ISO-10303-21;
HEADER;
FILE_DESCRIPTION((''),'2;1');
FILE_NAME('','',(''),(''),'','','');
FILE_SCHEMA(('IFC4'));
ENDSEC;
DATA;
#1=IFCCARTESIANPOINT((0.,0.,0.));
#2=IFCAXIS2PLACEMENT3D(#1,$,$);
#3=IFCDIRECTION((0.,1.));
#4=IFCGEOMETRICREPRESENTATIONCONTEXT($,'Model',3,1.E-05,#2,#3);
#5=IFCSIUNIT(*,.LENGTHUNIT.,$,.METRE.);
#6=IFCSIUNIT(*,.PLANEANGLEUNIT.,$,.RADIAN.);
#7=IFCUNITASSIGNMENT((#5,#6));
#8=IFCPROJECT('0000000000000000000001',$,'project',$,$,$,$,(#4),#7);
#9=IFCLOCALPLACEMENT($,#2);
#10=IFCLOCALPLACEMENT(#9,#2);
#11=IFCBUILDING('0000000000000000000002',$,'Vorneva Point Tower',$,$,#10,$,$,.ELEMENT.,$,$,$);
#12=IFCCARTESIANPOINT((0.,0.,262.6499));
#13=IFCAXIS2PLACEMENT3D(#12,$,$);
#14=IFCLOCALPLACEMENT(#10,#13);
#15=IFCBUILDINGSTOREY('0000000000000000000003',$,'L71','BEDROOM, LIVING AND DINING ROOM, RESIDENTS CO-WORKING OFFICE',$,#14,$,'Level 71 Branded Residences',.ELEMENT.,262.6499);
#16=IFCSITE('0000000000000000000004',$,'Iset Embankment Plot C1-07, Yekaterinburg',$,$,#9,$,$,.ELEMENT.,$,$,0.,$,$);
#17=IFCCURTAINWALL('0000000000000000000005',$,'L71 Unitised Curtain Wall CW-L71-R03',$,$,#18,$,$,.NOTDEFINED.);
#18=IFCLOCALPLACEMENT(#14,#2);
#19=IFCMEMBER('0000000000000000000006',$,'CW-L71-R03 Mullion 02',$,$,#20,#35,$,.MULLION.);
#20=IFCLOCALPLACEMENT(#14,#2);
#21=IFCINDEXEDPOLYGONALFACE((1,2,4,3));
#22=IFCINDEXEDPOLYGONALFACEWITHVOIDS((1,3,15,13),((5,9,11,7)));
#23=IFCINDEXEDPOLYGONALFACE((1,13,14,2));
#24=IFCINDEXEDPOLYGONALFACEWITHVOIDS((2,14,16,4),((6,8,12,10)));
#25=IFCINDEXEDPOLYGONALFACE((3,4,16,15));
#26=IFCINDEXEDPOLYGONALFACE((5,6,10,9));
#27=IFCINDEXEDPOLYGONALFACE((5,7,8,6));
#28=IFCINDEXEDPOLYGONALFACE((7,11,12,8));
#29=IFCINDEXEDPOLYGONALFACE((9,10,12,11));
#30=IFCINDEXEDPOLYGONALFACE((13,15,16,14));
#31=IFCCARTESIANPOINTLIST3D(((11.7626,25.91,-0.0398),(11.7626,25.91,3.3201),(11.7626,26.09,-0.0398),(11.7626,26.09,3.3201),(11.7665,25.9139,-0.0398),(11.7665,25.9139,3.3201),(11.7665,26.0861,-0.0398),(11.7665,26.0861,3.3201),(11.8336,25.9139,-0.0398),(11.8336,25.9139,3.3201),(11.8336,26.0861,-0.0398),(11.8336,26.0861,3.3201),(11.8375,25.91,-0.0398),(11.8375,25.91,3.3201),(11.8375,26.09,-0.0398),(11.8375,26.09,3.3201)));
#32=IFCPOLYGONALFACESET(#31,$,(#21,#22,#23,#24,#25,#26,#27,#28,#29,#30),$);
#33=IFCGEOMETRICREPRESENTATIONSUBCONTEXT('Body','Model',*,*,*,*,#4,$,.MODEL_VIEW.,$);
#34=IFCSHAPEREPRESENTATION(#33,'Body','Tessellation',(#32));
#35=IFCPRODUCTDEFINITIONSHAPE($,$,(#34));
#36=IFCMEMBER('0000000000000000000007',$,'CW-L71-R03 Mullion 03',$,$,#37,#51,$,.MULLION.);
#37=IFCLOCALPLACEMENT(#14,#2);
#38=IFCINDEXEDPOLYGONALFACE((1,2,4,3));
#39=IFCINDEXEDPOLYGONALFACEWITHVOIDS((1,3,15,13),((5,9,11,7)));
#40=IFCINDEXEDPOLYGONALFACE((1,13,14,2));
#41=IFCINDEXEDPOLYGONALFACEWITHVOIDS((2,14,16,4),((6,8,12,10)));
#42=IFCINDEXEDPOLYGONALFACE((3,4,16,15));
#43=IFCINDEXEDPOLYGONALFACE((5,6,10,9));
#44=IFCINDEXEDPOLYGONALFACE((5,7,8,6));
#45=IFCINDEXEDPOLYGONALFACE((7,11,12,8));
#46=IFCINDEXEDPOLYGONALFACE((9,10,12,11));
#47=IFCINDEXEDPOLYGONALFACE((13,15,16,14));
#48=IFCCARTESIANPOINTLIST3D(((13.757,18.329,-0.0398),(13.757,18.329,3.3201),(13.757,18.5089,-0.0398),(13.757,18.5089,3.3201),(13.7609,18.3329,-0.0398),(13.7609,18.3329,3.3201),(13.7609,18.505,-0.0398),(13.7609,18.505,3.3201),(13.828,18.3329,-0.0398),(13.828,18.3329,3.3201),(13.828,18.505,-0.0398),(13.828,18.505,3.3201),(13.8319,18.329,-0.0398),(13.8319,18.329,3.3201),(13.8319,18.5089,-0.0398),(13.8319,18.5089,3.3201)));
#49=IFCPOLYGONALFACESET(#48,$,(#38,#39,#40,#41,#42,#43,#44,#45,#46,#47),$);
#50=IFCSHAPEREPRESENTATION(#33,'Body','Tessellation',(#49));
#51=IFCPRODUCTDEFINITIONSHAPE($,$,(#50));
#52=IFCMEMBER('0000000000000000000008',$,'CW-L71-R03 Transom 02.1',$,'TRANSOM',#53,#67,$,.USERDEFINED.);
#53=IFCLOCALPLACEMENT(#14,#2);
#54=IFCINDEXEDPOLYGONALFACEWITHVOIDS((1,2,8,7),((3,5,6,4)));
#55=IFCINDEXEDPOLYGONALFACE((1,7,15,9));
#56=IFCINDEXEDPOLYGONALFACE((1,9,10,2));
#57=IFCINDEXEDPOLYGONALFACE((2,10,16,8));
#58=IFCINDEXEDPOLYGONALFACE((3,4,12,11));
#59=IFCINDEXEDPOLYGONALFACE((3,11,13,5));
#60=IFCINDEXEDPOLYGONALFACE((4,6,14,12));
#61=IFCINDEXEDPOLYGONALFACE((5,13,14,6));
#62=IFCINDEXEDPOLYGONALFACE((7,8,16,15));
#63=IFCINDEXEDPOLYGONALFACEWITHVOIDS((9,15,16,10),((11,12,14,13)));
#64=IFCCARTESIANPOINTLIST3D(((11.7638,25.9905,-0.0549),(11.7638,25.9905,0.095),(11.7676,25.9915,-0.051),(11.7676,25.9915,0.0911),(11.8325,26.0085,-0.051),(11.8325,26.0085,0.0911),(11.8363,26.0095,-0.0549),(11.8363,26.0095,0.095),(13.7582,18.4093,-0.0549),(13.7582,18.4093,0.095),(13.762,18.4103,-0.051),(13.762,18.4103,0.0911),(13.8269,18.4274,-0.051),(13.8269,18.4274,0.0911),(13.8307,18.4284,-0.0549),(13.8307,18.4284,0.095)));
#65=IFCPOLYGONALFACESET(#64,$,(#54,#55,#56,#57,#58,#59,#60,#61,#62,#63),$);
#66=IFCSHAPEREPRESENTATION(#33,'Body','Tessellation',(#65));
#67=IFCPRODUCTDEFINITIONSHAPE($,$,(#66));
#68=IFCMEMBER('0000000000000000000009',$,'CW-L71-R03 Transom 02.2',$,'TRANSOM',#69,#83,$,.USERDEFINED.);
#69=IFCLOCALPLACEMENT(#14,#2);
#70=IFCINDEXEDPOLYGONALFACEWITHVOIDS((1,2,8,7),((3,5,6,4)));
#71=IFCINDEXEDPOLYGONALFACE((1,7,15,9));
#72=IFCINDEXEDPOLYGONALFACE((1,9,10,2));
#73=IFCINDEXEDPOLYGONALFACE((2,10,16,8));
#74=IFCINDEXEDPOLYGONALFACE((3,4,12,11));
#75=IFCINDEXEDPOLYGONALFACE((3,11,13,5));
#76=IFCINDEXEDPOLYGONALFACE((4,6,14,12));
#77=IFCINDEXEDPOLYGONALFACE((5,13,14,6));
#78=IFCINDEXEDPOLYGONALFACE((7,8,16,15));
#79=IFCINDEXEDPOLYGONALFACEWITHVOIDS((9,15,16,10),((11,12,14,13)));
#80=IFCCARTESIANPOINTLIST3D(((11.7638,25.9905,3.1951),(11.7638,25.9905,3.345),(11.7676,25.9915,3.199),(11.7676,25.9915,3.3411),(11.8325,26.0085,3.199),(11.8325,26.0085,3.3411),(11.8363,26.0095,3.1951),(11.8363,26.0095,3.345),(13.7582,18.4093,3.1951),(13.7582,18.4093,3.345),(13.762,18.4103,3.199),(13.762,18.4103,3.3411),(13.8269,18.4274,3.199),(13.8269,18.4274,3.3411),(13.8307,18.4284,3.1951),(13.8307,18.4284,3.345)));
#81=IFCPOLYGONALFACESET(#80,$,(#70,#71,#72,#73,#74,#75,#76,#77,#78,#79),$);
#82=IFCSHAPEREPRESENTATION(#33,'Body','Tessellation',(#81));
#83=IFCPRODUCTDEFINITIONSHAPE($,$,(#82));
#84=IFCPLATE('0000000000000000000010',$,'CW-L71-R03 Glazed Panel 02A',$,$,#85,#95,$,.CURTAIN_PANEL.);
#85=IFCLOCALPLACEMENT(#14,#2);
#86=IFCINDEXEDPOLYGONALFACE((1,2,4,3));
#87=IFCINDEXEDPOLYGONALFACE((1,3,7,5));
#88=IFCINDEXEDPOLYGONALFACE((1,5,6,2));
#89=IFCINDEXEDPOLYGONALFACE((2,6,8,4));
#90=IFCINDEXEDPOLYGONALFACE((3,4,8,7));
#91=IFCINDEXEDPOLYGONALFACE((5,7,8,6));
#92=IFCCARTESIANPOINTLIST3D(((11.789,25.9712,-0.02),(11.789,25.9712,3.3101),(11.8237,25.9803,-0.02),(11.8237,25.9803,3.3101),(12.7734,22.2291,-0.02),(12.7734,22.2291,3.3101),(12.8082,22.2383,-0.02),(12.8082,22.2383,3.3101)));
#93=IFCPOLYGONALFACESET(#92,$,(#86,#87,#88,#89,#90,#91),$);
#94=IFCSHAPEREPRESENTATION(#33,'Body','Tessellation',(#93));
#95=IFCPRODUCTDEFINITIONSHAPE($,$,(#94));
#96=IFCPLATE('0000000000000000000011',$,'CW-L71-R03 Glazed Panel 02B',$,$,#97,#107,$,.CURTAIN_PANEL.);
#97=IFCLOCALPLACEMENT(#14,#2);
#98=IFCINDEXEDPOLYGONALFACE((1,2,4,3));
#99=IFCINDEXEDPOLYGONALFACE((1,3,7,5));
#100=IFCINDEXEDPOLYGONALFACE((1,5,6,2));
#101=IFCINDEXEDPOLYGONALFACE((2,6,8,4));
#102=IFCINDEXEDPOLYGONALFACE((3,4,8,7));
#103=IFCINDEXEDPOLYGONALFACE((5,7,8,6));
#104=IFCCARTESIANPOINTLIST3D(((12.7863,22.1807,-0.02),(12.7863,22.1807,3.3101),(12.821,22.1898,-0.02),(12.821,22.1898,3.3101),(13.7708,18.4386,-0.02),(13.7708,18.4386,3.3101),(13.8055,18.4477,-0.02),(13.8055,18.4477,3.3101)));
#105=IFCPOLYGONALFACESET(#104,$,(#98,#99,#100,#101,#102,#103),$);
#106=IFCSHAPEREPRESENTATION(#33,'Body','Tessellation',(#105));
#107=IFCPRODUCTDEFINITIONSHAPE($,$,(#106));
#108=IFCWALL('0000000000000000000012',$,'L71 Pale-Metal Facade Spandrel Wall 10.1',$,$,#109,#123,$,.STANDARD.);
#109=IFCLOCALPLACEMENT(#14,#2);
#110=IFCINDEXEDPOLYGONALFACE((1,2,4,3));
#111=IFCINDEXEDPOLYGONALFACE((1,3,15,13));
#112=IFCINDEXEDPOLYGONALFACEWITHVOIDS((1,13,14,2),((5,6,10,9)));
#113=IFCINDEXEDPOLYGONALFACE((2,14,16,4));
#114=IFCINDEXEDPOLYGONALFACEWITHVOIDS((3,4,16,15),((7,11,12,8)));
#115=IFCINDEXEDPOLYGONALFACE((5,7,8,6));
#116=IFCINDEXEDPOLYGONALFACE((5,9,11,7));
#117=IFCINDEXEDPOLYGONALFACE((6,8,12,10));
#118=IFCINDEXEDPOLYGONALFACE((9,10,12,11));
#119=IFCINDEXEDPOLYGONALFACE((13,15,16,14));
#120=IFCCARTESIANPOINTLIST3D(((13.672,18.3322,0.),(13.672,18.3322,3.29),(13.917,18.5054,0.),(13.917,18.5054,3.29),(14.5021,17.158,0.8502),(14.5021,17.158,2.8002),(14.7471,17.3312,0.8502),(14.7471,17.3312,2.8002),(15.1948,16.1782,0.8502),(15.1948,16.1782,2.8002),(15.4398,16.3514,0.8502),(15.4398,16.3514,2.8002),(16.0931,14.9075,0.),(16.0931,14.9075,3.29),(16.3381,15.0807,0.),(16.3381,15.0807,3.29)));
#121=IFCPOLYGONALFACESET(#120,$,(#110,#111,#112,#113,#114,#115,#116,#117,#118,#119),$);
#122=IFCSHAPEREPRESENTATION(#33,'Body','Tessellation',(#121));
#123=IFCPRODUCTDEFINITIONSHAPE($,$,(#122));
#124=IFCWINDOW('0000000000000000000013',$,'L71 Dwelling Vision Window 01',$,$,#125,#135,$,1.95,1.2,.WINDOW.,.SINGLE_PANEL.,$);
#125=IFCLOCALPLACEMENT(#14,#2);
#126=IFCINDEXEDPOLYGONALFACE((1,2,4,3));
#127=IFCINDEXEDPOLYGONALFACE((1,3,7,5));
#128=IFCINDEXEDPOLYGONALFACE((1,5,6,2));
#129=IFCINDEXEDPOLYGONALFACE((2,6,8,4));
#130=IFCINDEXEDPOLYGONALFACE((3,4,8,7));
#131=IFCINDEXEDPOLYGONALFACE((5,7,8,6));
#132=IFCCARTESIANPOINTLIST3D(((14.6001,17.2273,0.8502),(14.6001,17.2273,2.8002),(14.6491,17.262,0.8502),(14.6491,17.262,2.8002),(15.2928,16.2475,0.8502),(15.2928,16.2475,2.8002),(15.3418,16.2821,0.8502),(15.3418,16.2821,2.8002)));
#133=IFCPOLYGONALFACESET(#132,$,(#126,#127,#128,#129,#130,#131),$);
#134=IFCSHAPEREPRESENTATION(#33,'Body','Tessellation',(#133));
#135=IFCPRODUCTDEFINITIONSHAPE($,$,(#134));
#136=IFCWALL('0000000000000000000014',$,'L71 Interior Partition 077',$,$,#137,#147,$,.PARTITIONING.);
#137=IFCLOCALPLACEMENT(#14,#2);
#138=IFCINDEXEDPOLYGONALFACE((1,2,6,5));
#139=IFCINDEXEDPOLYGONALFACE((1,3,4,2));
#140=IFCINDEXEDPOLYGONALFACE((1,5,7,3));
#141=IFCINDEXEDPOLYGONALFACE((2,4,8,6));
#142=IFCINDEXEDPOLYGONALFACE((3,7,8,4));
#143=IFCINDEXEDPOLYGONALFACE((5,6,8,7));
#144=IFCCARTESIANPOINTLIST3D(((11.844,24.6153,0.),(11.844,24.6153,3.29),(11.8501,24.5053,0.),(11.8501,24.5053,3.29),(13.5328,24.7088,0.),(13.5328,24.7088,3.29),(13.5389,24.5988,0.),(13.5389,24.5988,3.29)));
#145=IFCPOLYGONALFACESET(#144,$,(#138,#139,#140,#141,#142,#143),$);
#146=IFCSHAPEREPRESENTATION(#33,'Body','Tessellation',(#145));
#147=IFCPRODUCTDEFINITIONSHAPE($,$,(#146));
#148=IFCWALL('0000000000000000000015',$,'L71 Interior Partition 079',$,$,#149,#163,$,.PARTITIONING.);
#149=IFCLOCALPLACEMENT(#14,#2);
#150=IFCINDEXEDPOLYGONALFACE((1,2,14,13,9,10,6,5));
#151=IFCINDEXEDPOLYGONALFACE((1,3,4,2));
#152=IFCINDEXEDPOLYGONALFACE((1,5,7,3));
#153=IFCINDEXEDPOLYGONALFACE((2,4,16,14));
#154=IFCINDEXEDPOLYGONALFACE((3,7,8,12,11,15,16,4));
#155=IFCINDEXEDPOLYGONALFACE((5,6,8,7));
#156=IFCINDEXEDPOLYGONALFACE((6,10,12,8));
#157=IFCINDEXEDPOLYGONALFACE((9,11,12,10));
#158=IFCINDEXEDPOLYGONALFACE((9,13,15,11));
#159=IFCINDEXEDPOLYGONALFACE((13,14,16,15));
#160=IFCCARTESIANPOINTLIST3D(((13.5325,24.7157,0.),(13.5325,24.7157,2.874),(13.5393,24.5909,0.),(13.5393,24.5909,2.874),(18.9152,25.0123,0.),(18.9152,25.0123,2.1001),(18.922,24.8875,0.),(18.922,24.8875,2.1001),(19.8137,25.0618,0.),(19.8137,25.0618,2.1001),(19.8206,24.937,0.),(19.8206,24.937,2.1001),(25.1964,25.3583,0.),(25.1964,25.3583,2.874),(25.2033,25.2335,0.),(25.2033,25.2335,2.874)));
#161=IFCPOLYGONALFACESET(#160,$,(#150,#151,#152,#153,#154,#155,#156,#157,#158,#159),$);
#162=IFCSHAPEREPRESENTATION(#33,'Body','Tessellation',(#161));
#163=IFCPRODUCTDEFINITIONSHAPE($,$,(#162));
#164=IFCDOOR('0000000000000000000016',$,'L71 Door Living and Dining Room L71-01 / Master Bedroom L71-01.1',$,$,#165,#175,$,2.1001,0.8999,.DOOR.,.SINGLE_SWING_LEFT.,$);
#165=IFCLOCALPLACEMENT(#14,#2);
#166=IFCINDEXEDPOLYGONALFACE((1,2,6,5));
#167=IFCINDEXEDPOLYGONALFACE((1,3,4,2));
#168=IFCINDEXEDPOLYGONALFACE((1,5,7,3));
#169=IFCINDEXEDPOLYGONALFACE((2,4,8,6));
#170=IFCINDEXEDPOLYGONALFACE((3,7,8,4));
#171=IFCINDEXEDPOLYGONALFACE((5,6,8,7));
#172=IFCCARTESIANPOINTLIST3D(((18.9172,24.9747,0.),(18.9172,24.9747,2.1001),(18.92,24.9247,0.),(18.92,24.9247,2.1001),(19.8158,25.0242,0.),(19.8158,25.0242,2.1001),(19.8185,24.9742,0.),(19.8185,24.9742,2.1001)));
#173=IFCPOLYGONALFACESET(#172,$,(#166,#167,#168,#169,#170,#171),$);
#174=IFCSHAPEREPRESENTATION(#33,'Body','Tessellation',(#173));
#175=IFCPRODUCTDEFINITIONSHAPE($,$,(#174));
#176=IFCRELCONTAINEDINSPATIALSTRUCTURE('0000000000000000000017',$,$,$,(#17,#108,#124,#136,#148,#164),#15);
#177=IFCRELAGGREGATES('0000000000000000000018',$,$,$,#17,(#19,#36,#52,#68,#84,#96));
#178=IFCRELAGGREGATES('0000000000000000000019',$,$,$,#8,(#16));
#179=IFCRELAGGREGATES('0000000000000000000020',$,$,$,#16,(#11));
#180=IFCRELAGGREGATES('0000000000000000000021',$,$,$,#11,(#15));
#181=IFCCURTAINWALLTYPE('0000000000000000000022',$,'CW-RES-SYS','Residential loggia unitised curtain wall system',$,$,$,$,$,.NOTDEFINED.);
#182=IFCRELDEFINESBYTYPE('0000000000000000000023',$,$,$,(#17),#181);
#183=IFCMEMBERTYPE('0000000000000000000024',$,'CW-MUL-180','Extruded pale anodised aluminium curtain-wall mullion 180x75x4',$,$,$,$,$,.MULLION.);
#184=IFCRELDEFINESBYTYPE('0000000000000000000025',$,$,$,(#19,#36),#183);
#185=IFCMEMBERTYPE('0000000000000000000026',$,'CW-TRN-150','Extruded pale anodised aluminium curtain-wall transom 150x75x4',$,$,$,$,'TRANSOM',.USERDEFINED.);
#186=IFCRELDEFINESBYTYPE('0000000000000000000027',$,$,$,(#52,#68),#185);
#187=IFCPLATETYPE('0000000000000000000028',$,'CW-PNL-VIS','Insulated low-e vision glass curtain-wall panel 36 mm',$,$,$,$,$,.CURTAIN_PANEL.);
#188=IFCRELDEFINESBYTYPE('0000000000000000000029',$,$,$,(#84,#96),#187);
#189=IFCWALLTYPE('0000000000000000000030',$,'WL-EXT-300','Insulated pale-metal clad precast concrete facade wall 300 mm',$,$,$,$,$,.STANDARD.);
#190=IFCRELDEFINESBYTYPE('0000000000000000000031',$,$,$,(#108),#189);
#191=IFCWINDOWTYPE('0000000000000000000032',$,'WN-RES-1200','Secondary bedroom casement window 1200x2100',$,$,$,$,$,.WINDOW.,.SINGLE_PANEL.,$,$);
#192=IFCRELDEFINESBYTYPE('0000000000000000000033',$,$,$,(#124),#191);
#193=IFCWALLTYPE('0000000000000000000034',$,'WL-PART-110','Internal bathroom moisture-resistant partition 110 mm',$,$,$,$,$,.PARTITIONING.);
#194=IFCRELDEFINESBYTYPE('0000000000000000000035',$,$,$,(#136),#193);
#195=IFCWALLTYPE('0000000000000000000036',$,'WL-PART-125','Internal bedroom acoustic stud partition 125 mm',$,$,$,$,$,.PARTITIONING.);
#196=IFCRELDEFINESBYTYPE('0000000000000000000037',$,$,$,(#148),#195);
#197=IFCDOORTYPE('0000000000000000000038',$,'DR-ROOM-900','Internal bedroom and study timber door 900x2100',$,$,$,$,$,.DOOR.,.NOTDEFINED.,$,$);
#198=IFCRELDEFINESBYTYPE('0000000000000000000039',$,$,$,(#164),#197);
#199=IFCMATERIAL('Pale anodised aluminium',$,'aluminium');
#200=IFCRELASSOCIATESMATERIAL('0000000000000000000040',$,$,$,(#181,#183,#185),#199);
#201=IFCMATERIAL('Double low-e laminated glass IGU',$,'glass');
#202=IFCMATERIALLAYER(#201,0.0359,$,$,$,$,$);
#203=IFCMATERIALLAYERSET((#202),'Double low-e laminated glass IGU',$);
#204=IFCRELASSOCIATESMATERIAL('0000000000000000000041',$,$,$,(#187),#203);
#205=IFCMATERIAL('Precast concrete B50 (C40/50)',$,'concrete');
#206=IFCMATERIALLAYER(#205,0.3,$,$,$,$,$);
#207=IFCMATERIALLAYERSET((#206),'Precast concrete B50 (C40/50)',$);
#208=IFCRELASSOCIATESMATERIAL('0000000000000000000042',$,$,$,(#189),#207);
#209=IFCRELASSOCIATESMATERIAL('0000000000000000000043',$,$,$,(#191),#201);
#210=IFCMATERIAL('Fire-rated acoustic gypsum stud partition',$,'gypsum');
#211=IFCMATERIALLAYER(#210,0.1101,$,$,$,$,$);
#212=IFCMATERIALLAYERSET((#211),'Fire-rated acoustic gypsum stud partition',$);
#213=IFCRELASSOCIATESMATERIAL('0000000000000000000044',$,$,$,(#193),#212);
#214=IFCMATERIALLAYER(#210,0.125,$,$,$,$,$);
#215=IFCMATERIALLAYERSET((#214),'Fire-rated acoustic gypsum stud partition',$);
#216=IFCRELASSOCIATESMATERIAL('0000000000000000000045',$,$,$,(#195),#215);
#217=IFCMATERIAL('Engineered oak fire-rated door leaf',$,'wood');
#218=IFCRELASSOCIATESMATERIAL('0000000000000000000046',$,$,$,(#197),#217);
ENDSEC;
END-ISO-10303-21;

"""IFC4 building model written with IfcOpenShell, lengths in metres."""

from ifc_helpers import new_model, si_unit, direction, frame, frame_2d, origin, origin_2d, place, context, subcontext, project, spatial, rectangle, hollow_rectangle, extrude, material, layer, layer_set, material_profile, profile_set, type_object, element, fill, aggregate, save


model = new_model("IFC4")

# Units and contexts
model_context = context("Model", 3, precision=1e-05, world=origin(), true_north=direction((0.0, 1.0)))
body_context = subcontext(model_context, "Body", "Model", "MODEL_VIEW")
ifc_project = project(units=[si_unit("LENGTHUNIT", "METRE"), si_unit("PLANEANGLEUNIT", "RADIAN")], contexts=[model_context])

# Site, building, storey
site_placement = place(None, origin())
site = spatial("IfcSite", under=ifc_project, at=site_placement, Name="Iset Embankment Plot C1-07, Yekaterinburg", CompositionType="ELEMENT", RefElevation=0.0)
building_placement = place(site_placement, origin())
building = spatial("IfcBuilding", under=site, at=building_placement, Name="Vorneva Point Tower", CompositionType="ELEMENT")
storey_placement = place(building_placement, frame((0.0, 0.0, 262.6499)))
storey = spatial("IfcBuildingStorey", under=building, at=storey_placement, Name="L71", Description="BEDROOM, LIVING AND DINING ROOM, RESIDENTS CO-WORKING OFFICE", LongName="Level 71 Branded Residences", CompositionType="ELEMENT", Elevation=262.6499)

# Curtain wall, members, plates
ifc_material_1 = material(Name="Pale anodised aluminium", Category="aluminium")
curtain_wall_type = type_object("IfcCurtainWallType", Name="CW-RES-SYS", Description="Residential loggia unitised curtain wall system", PredefinedType="NOTDEFINED", material=ifc_material_1)
curtain_wall_placement = place(storey_placement, origin())
curtain_wall = element("IfcCurtainWall", 1, at=curtain_wall_placement, inside=storey, type_object=curtain_wall_type, Name="L71 Unitised Curtain Wall CW-L71-R03", PredefinedType="NOTDEFINED")
ifc_material_profile_1 = material_profile(ifc_material_1, hollow_rectangle(XDim=0.075, YDim=0.1799, WallThickness=0.0039, at=origin_2d()), Name="AL-MUL 180x75x4")
ifc_profile_set_1 = profile_set([ifc_material_profile_1], Name="Pale anodised aluminium")
member_type_1 = type_object("IfcMemberType", Name="CW-MUL-180", Description="Extruded pale anodised aluminium curtain-wall mullion 180x75x4", PredefinedType="MULLION", material=ifc_profile_set_1)
member_1_placement = place(storey_placement, frame((11.8, 26.0, -0.0398), z_axis=(0.0, 0.0, 1.0), x_axis=(1.0, 0.0, 0.0)))
member_1 = element("IfcMember", 2, at=member_1_placement, type_object=member_type_1, Name="CW-L71-R03 Mullion 02", PredefinedType="MULLION", context=body_context, shape_type="SweptSolid", body=[
    extrude(hollow_rectangle(XDim=0.075, YDim=0.1799, WallThickness=0.0039, at=origin_2d()), origin(), (0.0, 0.0, 1.0), 3.3599),
])
member_2_placement = place(storey_placement, frame((13.7944, 18.4189, -0.0398), z_axis=(0.0, 0.0, 1.0), x_axis=(1.0, 0.0, 0.0)))
member_2 = element("IfcMember", 3, at=member_2_placement, type_object=member_type_1, Name="CW-L71-R03 Mullion 03", PredefinedType="MULLION", context=body_context, shape_type="SweptSolid", body=[
    extrude(hollow_rectangle(XDim=0.075, YDim=0.1799, WallThickness=0.0039, at=origin_2d()), origin(), (0.0, 0.0, 1.0), 3.3599),
])
ifc_material_profile_2 = material_profile(ifc_material_1, hollow_rectangle(XDim=0.075, YDim=0.1499, WallThickness=0.0039, at=origin_2d()), Name="AL-TRN 150x75x4")
ifc_profile_set_2 = profile_set([ifc_material_profile_2], Name="Pale anodised aluminium")
member_type_2 = type_object("IfcMemberType", Name="CW-TRN-150", Description="Extruded pale anodised aluminium curtain-wall transom 150x75x4", ElementType="TRANSOM", PredefinedType="USERDEFINED", material=ifc_profile_set_2)
member_3_placement = place(storey_placement, frame((11.8, 26.0, 0.02), z_axis=(0.254418, -0.967094, 0.0), x_axis=(0.967094, 0.254418, 0.0)))
member_3 = element("IfcMember", 4, at=member_3_placement, type_object=member_type_2, Name="CW-L71-R03 Transom 02.1", ObjectType="TRANSOM", PredefinedType="USERDEFINED", context=body_context, shape_type="SweptSolid", body=[
    extrude(hollow_rectangle(XDim=0.075, YDim=0.1499, WallThickness=0.0039, at=origin_2d()), origin(), (0.0, 0.0, 1.0), 7.8391),
])
member_4_placement = place(storey_placement, frame((11.8, 26.0, 3.27), z_axis=(0.254418, -0.967094, 0.0), x_axis=(0.967094, 0.254418, 0.0)))
member_4 = element("IfcMember", 5, at=member_4_placement, type_object=member_type_2, Name="CW-L71-R03 Transom 02.2", ObjectType="TRANSOM", PredefinedType="USERDEFINED", context=body_context, shape_type="SweptSolid", body=[
    extrude(hollow_rectangle(XDim=0.075, YDim=0.1499, WallThickness=0.0039, at=origin_2d()), origin(), (0.0, 0.0, 1.0), 7.8391),
])
ifc_material_2 = material(Name="Double low-e laminated glass IGU", Category="glass")
ifc_layer_1 = layer(ifc_material_2, 0.0359)
ifc_layer_set_1 = layer_set([ifc_layer_1], Name="Double low-e laminated glass IGU")
plate_type = type_object("IfcPlateType", Name="CW-PNL-VIS", Description="Insulated low-e vision glass curtain-wall panel 36 mm", PredefinedType="CURTAIN_PANEL", material=ifc_layer_set_1)
plate_1_placement = place(storey_placement, frame((12.2986, 24.1047, -0.02), z_axis=(0.0, 0.0, 1.0), x_axis=(0.254416, -0.967095, 0.0)))
plate_1 = element("IfcPlate", 6, at=plate_1_placement, type_object=plate_type, Name="CW-L71-R03 Glazed Panel 02A", PredefinedType="CURTAIN_PANEL", context=body_context, shape_type="SweptSolid", body=[
    extrude(rectangle(XDim=3.8694, YDim=0.0359, at=origin_2d()), origin(), (0.0, 0.0, 1.0), 3.3301),
])
plate_2_placement = place(storey_placement, frame((13.2959, 20.3142, -0.02), z_axis=(0.0, 0.0, 1.0), x_axis=(0.254416, -0.967095, 0.0)))
plate_2 = element("IfcPlate", 7, at=plate_2_placement, type_object=plate_type, Name="CW-L71-R03 Glazed Panel 02B", PredefinedType="CURTAIN_PANEL", context=body_context, shape_type="SweptSolid", body=[
    extrude(rectangle(XDim=3.8694, YDim=0.0359, at=origin_2d()), origin(), (0.0, 0.0, 1.0), 3.3301),
])
aggregate(curtain_wall, [member_1, member_2, member_3, member_4, plate_1, plate_2])

# Wall, opening, window
ifc_material_3 = material(Name="Precast concrete B50 (C40/50)", Category="concrete")
ifc_layer_2 = layer(ifc_material_3, 0.3)
ifc_layer_set_2 = layer_set([ifc_layer_2], Name="Precast concrete B50 (C40/50)")
wall_type_1 = type_object("IfcWallType", Name="WL-EXT-300", Description="Insulated pale-metal clad precast concrete facade wall 300 mm", PredefinedType="STANDARD", material=ifc_layer_set_2)
wall_1_placement = place(storey_placement, frame((13.7944, 18.4189, 0.0), z_axis=(0.0, 0.0, 1.0), x_axis=(0.577261, -0.81656, 0.0)))
wall_1 = element("IfcWall", 8, at=wall_1_placement, inside=storey, type_object=wall_type_1, Name="L71 Pale-Metal Facade Spandrel Wall 10.1", PredefinedType="STANDARD", context=body_context, shape_type="SweptSolid", body=[
    extrude(rectangle(XDim=4.1941, YDim=0.3, at=frame_2d((2.0972, 0.0))), origin(), (0.0, 0.0, 1.0), 3.29),
])
opening_1_placement = place(wall_1_placement, frame((1.438, 0.0, 0.8501)))
opening_1 = element("IfcOpeningElement", 9, at=opening_1_placement, cuts=wall_1, PredefinedType="OPENING", context=body_context, shape_type="SweptSolid", body=[
    extrude(rectangle(XDim=1.2, YDim=1.95, at=frame_2d((0.6001, 0.9751))), frame((0.0, 0.165, 0.0), z_axis=(0.0, -1.0, 0.0), x_axis=(1.0, 0.0, 0.0)), (0.0, 0.0, 1.0), 0.3298),
])
window_type = type_object("IfcWindowType", Name="WN-RES-1200", Description="Secondary bedroom casement window 1200x2100", PartitioningType="SINGLE_PANEL", PredefinedType="WINDOW", material=ifc_material_2)
window_placement = place(opening_1_placement, origin())
window = element("IfcWindow", 10, at=window_placement, inside=storey, type_object=window_type, Name="L71 Dwelling Vision Window 01", OverallHeight=1.95, OverallWidth=1.2, PartitioningType="SINGLE_PANEL", PredefinedType="WINDOW", context=body_context, shape_type="SweptSolid", body=[
    extrude(rectangle(XDim=1.2, YDim=1.95, at=frame_2d((0.6001, 0.9751))), frame((0.0, 0.03, 0.0), z_axis=(0.0, -1.0, 0.0), x_axis=(1.0, 0.0, 0.0)), (0.0, 0.0, 1.0), 0.0601),
])
fill(opening_1, window)

# Wall
ifc_material_4 = material(Name="Fire-rated acoustic gypsum stud partition", Category="gypsum")
ifc_layer_3 = layer(ifc_material_4, 0.1101)
ifc_layer_set_3 = layer_set([ifc_layer_3], Name="Fire-rated acoustic gypsum stud partition")
wall_type_2 = type_object("IfcWallType", Name="WL-PART-110", Description="Internal bathroom moisture-resistant partition 110 mm", PredefinedType="PARTITIONING", material=ifc_layer_set_3)
wall_2_placement = place(storey_placement, frame((13.5359, 24.6538, 0.0), z_axis=(0.0, 0.0, 1.0), x_axis=(-0.998471, -0.055286, 0.0)))
element("IfcWall", 11, at=wall_2_placement, inside=storey, type_object=wall_type_2, Name="L71 Interior Partition 077", PredefinedType="PARTITIONING", context=body_context, shape_type="SweptSolid", body=[
    extrude(rectangle(XDim=1.6914, YDim=0.1101, at=frame_2d((0.8457, 0.0))), origin(), (0.0, 0.0, 1.0), 3.29),
])

# Wall, opening, door
ifc_layer_4 = layer(ifc_material_4, 0.125)
ifc_layer_set_4 = layer_set([ifc_layer_4], Name="Fire-rated acoustic gypsum stud partition")
wall_type_3 = type_object("IfcWallType", Name="WL-PART-125", Description="Internal bedroom acoustic stud partition 125 mm", PredefinedType="PARTITIONING", material=ifc_layer_set_4)
wall_3_placement = place(storey_placement, frame((13.5359, 24.6533, 0.0), z_axis=(0.0, 0.0, 1.0), x_axis=(0.998486, 0.055007, 0.0)))
wall_3 = element("IfcWall", 12, at=wall_3_placement, inside=storey, type_object=wall_type_3, Name="L71 Interior Partition 079", PredefinedType="PARTITIONING", context=body_context, shape_type="SweptSolid", body=[
    extrude(rectangle(XDim=11.6816, YDim=0.125, at=frame_2d((5.8408, 0.0))), origin(), (0.0, 0.0, 1.0), 2.874),
])
opening_2_placement = place(wall_3_placement, frame((5.3909, 0.0, 0.0)))
opening_2 = element("IfcOpeningElement", 13, at=opening_2_placement, cuts=wall_3, PredefinedType="OPENING", context=body_context, shape_type="SweptSolid", body=[
    extrude(rectangle(XDim=0.8999, YDim=2.1001, at=frame_2d((0.45, 1.05))), frame((0.0, 0.0774, 0.0), z_axis=(0.0, -1.0, 0.0), x_axis=(1.0, 0.0, 0.0)), (0.0, 0.0, 1.0), 0.1548),
])
ifc_material_5 = material(Name="Engineered oak fire-rated door leaf", Category="wood")
door_type_1 = type_object("IfcDoorType", Name="DR-ROOM-900", Description="Internal bedroom and study timber door 900x2100", OperationType="NOTDEFINED", PredefinedType="DOOR", material=ifc_material_5)
door_1_placement = place(opening_2_placement, origin())
door_1 = element("IfcDoor", 14, at=door_1_placement, inside=storey, type_object=door_type_1, Name="L71 Door Living and Dining Room L71-01 / Master Bedroom L71-01.1", OperationType="SINGLE_SWING_LEFT", OverallHeight=2.1001, OverallWidth=0.8999, PredefinedType="DOOR", context=body_context, shape_type="SweptSolid", body=[
    extrude(rectangle(XDim=0.8999, YDim=2.1001, at=frame_2d((0.45, 1.05))), frame((0.0, 0.0249, 0.0), z_axis=(0.0, -1.0, 0.0), x_axis=(1.0, 0.0, 0.0)), (0.0, 0.0, 1.0), 0.05),
])
fill(opening_2, door_1)

save(model, "model.ifc")
